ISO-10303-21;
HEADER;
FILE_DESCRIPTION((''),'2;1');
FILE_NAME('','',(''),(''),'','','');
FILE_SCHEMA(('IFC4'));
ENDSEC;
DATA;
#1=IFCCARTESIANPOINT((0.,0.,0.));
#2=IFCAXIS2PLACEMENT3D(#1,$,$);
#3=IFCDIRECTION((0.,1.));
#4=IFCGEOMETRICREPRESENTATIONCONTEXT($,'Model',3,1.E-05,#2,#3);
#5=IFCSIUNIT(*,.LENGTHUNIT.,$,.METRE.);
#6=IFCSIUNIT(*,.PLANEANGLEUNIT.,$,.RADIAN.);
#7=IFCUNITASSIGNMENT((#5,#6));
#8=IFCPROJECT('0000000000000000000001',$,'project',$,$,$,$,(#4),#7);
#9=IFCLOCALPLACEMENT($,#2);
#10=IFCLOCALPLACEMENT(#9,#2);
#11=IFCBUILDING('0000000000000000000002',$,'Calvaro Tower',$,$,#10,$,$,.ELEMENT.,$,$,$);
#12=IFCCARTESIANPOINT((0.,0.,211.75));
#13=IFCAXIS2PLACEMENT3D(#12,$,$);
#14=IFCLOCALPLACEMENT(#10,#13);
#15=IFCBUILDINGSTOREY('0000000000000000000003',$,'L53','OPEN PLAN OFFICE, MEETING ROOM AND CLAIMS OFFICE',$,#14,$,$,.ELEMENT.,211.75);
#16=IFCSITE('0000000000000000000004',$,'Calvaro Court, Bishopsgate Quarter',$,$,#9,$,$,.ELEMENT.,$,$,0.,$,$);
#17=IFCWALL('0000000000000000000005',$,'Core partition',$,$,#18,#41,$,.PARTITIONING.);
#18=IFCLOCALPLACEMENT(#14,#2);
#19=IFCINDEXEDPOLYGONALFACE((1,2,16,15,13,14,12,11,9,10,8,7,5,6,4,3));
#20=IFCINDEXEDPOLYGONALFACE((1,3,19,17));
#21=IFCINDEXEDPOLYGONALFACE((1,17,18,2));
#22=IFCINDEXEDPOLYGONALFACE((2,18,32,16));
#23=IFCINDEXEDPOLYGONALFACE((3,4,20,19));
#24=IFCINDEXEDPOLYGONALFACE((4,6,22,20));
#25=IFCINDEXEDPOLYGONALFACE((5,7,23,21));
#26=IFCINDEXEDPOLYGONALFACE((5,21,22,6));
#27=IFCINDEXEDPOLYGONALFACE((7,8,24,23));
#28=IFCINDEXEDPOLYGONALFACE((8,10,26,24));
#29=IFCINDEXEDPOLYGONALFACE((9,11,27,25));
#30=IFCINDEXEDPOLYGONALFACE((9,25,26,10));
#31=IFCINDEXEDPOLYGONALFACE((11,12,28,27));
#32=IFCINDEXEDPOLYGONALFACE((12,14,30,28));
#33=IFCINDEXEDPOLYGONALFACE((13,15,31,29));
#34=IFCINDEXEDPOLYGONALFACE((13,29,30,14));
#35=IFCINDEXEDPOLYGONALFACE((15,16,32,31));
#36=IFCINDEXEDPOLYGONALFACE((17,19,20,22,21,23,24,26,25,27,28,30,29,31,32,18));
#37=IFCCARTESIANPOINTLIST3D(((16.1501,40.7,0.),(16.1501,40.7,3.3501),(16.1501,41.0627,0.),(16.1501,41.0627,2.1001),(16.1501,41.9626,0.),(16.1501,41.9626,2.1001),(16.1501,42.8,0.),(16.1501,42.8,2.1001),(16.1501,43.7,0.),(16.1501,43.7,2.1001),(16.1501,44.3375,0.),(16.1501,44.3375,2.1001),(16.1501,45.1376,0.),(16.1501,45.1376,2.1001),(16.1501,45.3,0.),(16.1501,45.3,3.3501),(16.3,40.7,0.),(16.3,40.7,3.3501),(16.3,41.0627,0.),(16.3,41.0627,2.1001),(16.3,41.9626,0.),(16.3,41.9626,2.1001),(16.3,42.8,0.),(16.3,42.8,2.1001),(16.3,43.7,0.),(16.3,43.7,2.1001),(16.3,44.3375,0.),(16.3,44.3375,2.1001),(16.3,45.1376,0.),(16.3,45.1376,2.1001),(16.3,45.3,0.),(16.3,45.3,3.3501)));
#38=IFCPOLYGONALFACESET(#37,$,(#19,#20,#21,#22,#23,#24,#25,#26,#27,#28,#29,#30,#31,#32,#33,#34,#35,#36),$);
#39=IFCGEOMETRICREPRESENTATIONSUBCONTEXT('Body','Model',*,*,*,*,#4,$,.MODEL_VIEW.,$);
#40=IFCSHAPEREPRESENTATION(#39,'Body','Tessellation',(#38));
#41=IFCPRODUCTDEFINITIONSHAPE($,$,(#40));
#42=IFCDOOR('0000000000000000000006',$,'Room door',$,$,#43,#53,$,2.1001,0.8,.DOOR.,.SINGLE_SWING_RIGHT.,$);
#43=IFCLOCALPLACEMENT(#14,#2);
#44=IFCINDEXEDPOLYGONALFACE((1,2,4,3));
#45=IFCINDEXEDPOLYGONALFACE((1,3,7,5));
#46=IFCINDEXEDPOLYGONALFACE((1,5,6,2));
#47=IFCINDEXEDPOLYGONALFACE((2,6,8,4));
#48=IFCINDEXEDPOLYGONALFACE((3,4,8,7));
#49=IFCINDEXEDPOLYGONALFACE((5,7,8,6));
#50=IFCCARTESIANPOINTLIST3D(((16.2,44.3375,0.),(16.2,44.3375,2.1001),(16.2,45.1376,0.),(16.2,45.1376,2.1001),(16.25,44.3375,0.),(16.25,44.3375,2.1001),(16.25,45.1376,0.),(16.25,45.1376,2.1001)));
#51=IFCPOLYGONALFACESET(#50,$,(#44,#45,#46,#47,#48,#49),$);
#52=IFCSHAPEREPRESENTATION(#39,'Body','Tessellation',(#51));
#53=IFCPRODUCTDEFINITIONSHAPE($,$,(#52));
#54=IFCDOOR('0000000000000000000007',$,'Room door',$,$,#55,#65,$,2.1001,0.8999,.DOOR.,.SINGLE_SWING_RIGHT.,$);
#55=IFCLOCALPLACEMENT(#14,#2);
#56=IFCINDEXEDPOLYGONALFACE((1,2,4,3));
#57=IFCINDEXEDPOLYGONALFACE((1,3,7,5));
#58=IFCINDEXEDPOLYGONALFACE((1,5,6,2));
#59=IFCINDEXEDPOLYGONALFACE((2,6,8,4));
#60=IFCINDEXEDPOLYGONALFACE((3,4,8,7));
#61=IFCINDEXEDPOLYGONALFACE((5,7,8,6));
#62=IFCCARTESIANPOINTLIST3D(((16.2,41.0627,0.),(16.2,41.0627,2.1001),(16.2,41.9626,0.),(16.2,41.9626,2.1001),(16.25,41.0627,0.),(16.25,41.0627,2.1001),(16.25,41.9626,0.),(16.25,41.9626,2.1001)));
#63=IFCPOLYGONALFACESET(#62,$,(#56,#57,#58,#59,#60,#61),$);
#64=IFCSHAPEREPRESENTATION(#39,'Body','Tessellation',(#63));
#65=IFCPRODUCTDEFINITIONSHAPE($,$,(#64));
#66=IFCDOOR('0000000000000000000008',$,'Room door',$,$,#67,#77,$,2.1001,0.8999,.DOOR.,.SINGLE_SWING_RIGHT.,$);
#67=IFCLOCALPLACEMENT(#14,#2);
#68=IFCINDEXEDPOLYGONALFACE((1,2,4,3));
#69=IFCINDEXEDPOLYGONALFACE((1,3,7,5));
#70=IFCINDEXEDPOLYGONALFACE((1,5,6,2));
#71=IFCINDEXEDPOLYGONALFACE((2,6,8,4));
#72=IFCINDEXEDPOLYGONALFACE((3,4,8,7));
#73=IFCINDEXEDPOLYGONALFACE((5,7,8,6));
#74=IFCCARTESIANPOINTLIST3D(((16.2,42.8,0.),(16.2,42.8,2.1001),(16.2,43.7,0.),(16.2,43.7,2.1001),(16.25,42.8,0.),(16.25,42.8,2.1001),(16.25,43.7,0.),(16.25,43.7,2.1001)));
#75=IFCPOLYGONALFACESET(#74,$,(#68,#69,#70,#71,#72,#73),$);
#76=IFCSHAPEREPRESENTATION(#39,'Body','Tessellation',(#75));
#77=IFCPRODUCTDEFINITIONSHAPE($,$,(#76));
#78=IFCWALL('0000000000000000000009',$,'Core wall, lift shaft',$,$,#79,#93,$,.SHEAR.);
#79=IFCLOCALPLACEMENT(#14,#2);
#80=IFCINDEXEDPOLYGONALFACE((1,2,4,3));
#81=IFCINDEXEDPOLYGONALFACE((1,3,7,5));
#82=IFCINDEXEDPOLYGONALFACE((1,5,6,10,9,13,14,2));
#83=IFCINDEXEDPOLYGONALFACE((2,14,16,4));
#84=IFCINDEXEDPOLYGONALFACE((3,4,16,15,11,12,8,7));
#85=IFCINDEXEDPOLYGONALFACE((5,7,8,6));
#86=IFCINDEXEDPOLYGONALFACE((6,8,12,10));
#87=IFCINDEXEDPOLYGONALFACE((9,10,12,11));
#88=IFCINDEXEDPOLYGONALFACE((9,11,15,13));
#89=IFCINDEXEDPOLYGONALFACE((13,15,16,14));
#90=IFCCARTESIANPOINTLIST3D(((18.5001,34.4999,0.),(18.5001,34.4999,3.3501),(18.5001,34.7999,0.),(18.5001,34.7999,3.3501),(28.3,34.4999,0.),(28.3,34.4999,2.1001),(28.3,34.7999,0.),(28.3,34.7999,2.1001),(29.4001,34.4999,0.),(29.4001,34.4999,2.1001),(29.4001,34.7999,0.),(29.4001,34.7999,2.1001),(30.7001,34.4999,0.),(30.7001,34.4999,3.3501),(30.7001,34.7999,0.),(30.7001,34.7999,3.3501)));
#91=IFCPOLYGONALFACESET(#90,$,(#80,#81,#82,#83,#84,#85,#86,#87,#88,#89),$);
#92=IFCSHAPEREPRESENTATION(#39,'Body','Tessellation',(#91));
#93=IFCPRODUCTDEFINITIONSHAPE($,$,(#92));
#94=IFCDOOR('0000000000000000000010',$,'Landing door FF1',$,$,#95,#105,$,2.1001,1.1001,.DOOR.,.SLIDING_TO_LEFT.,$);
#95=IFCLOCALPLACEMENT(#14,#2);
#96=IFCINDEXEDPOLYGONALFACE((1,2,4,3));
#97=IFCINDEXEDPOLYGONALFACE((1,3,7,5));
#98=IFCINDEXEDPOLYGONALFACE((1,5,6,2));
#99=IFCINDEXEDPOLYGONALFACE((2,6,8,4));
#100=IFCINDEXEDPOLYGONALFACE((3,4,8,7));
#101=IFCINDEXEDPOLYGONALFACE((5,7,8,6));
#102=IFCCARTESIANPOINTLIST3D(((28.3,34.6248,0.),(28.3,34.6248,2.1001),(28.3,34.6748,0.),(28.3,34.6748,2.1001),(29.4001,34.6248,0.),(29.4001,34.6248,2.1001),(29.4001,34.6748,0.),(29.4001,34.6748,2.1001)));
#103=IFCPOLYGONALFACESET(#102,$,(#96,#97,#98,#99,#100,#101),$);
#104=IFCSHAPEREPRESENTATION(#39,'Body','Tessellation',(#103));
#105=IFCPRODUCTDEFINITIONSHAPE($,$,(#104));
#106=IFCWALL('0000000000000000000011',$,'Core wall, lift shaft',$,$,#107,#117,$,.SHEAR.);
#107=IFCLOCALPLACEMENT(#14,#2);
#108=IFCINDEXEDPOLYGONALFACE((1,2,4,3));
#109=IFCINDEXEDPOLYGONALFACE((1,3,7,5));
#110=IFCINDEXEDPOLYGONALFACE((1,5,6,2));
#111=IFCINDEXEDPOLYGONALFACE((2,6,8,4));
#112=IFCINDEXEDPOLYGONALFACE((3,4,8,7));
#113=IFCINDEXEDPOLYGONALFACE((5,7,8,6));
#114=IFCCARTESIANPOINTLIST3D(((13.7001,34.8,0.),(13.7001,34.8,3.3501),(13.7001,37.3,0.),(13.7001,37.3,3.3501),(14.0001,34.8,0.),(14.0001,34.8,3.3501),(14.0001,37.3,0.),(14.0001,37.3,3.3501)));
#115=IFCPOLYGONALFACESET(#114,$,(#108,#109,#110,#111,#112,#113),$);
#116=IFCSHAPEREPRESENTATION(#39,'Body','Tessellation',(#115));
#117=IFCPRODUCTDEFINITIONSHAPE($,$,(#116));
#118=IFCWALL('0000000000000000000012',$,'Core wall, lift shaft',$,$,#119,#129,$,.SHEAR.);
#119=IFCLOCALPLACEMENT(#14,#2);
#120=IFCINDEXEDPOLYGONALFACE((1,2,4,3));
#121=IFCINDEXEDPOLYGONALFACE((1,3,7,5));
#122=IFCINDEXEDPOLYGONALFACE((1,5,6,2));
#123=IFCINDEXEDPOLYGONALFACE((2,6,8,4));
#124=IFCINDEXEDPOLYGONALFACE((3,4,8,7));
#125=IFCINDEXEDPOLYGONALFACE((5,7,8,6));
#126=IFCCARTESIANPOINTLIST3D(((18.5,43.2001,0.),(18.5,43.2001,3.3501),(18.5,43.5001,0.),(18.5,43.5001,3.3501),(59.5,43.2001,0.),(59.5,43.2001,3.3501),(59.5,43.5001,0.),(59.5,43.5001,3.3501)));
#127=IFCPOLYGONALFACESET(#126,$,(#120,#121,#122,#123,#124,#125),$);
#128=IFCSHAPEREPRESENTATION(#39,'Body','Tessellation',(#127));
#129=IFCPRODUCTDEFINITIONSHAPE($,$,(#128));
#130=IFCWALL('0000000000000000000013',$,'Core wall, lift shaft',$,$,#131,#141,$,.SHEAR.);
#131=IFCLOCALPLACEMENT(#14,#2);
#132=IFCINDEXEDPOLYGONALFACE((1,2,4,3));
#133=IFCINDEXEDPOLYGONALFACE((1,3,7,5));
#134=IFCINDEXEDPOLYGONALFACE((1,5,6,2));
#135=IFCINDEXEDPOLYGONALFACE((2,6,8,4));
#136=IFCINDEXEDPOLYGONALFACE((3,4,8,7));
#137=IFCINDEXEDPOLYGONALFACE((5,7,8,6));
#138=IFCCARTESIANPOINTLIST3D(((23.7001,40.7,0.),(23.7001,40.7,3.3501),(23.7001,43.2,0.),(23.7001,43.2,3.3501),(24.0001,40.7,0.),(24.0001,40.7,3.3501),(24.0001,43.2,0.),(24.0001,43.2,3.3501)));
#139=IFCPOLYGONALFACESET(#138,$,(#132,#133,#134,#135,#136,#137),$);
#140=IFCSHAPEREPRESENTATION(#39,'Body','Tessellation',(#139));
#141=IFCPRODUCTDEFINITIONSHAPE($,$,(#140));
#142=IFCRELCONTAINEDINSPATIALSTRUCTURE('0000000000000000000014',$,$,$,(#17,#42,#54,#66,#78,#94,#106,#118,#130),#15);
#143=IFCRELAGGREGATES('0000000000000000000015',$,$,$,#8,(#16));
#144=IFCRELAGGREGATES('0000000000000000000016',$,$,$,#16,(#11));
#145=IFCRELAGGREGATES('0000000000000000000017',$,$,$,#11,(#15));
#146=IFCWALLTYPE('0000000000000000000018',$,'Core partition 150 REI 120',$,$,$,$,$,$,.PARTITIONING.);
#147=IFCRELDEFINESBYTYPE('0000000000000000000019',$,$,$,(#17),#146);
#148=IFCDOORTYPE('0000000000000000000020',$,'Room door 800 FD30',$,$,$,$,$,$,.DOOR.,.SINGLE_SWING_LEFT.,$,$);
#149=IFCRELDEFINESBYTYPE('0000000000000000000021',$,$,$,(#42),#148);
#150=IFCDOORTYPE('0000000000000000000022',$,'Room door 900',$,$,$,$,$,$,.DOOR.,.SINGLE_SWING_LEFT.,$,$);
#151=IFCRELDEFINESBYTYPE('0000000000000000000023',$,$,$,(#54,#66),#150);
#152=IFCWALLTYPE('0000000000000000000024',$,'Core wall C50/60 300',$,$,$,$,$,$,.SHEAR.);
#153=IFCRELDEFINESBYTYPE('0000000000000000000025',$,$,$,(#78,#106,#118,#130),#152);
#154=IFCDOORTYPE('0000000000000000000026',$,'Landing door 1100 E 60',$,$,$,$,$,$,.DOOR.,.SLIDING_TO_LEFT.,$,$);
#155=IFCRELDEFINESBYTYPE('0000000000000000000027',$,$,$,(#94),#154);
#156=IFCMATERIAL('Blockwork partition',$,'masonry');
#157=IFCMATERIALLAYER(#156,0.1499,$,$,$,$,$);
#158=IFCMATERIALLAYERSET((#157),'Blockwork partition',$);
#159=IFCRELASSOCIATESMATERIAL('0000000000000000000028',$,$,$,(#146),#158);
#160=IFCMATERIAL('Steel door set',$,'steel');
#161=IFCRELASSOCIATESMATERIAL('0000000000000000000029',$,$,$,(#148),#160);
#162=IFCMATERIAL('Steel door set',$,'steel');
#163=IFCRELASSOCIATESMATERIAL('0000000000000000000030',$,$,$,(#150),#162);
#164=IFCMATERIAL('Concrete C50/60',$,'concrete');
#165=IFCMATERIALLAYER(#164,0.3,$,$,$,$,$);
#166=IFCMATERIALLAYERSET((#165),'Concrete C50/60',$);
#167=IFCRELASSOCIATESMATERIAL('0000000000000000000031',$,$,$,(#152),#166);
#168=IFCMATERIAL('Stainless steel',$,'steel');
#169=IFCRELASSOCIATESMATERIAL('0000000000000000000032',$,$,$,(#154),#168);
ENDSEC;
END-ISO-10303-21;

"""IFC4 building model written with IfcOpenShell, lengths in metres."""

from ifc_helpers import new_model, si_unit, direction, frame, frame_2d, origin, place, context, subcontext, project, spatial, rectangle, extrude, material, layer, layer_set, type_object, element, fill, save


model = new_model("IFC4")

# Units and contexts
model_context = context("Model", 3, precision=1e-05, world=origin(), true_north=direction((0.0, 1.0)))
body_context = subcontext(model_context, "Body", "Model", "MODEL_VIEW")
ifc_project = project(units=[si_unit("LENGTHUNIT", "METRE"), si_unit("PLANEANGLEUNIT", "RADIAN")], contexts=[model_context])

# Site, building, storey
site_placement = place(None, origin())
site = spatial("IfcSite", under=ifc_project, at=site_placement, Name="Calvaro Court, Bishopsgate Quarter", CompositionType="ELEMENT", RefElevation=0.0)
building_placement = place(site_placement, origin())
building = spatial("IfcBuilding", under=site, at=building_placement, Name="Calvaro Tower", CompositionType="ELEMENT")
storey_placement = place(building_placement, frame((0.0, 0.0, 211.75)))
storey = spatial("IfcBuildingStorey", under=building, at=storey_placement, Name="L53", Description="OPEN PLAN OFFICE, MEETING ROOM AND CLAIMS OFFICE", CompositionType="ELEMENT", Elevation=211.75)

# Wall, openings, doors
ifc_material_1 = material(Name="Blockwork partition", Category="masonry")
ifc_layer_1 = layer(ifc_material_1, 0.1499)
ifc_layer_set_1 = layer_set([ifc_layer_1], Name="Blockwork partition")
wall_type_1 = type_object("IfcWallType", Name="Core partition 150 REI 120", PredefinedType="PARTITIONING", material=ifc_layer_set_1)
wall_1_placement = place(storey_placement, frame((16.2251, 45.3, 0.0), z_axis=(0.0, 0.0, 1.0), x_axis=(0.0, -1.0, 0.0)))
wall_1 = element("IfcWall", 1, at=wall_1_placement, inside=storey, type_object=wall_type_1, Name="Core partition", PredefinedType="PARTITIONING", context=body_context, shape_type="SweptSolid", body=[
    extrude(rectangle(XDim=4.6001, YDim=0.1499, at=frame_2d((2.3, 0.0))), origin(), (0.0, 0.0, 1.0), 3.3501),
])
opening_1_placement = place(wall_1_placement, frame((3.3374, 0.0, 0.0)))
opening_1 = element("IfcOpeningElement", 2, at=opening_1_placement, cuts=wall_1, PredefinedType="OPENING", context=body_context, shape_type="SweptSolid", body=[
    extrude(rectangle(XDim=0.8999, YDim=2.1001, at=frame_2d((0.45, 1.05))), frame((0.0, 0.085, 0.0), z_axis=(0.0, -1.0, 0.0), x_axis=(1.0, 0.0, 0.0)), (0.0, 0.0, 1.0), 0.1699),
])
opening_2_placement = place(wall_1_placement, frame((1.6001, 0.0, 0.0)))
opening_2 = element("IfcOpeningElement", 3, at=opening_2_placement, cuts=wall_1, PredefinedType="OPENING", context=body_context, shape_type="SweptSolid", body=[
    extrude(rectangle(XDim=0.8999, YDim=2.1001, at=frame_2d((0.45, 1.05))), frame((0.0, 0.085, 0.0), z_axis=(0.0, -1.0, 0.0), x_axis=(1.0, 0.0, 0.0)), (0.0, 0.0, 1.0), 0.1699),
])
opening_3_placement = place(wall_1_placement, frame((0.1626, 0.0, 0.0)))
opening_3 = element("IfcOpeningElement", 4, at=opening_3_placement, cuts=wall_1, PredefinedType="OPENING", context=body_context, shape_type="SweptSolid", body=[
    extrude(rectangle(XDim=0.8, YDim=2.1001, at=frame_2d((0.3999, 1.05))), frame((0.0, 0.085, 0.0), z_axis=(0.0, -1.0, 0.0), x_axis=(1.0, 0.0, 0.0)), (0.0, 0.0, 1.0), 0.1699),
])
ifc_material_2 = material(Name="Steel door set", Category="steel")
door_type_1 = type_object("IfcDoorType", Name="Room door 800 FD30", OperationType="SINGLE_SWING_LEFT", PredefinedType="DOOR", material=ifc_material_2)
door_1_placement = place(opening_3_placement, origin())
door_1 = element("IfcDoor", 5, at=door_1_placement, inside=storey, type_object=door_type_1, Name="Room door", OperationType="SINGLE_SWING_RIGHT", OverallHeight=2.1001, OverallWidth=0.8, PredefinedType="DOOR", context=body_context, shape_type="SweptSolid", body=[
    extrude(rectangle(XDim=0.8, YDim=2.1001, at=frame_2d((0.3999, 1.05))), frame((0.0, 0.0249, 0.0), z_axis=(0.0, -1.0, 0.0), x_axis=(1.0, 0.0, 0.0)), (0.0, 0.0, 1.0), 0.05),
])
fill(opening_3, door_1)
ifc_material_3 = material(Name="Steel door set", Category="steel")
door_type_2 = type_object("IfcDoorType", Name="Room door 900", OperationType="SINGLE_SWING_LEFT", PredefinedType="DOOR", material=ifc_material_3)
door_2_placement = place(opening_1_placement, origin())
door_2 = element("IfcDoor", 6, at=door_2_placement, inside=storey, type_object=door_type_2, Name="Room door", OperationType="SINGLE_SWING_RIGHT", OverallHeight=2.1001, OverallWidth=0.8999, PredefinedType="DOOR", context=body_context, shape_type="SweptSolid", body=[
    extrude(rectangle(XDim=0.8999, YDim=2.1001, at=frame_2d((0.45, 1.05))), frame((0.0, 0.0249, 0.0), z_axis=(0.0, -1.0, 0.0), x_axis=(1.0, 0.0, 0.0)), (0.0, 0.0, 1.0), 0.05),
])
fill(opening_1, door_2)
door_3_placement = place(opening_2_placement, origin())
door_3 = element("IfcDoor", 7, at=door_3_placement, inside=storey, type_object=door_type_2, Name="Room door", OperationType="SINGLE_SWING_RIGHT", OverallHeight=2.1001, OverallWidth=0.8999, PredefinedType="DOOR", context=body_context, shape_type="SweptSolid", body=[
    extrude(rectangle(XDim=0.8999, YDim=2.1001, at=frame_2d((0.45, 1.05))), frame((0.0, 0.0249, 0.0), z_axis=(0.0, -1.0, 0.0), x_axis=(1.0, 0.0, 0.0)), (0.0, 0.0, 1.0), 0.05),
])
fill(opening_2, door_3)

# Wall, opening, door
ifc_material_4 = material(Name="Concrete C50/60", Category="concrete")
ifc_layer_2 = layer(ifc_material_4, 0.3)
ifc_layer_set_2 = layer_set([ifc_layer_2], Name="Concrete C50/60")
wall_type_2 = type_object("IfcWallType", Name="Core wall C50/60 300", PredefinedType="SHEAR", material=ifc_layer_set_2)
wall_2_placement = place(storey_placement, frame((18.5, 34.6499, 0.0), z_axis=(0.0, 0.0, 1.0), x_axis=(1.0, 0.0, 0.0)))
wall_2 = element("IfcWall", 8, at=wall_2_placement, inside=storey, type_object=wall_type_2, Name="Core wall, lift shaft", PredefinedType="SHEAR", context=body_context, shape_type="SweptSolid", body=[
    extrude(rectangle(XDim=12.2, YDim=0.3, at=frame_2d((6.1001, 0.0))), origin(), (0.0, 0.0, 1.0), 3.3501),
])
opening_4_placement = place(wall_2_placement, frame((9.8, 0.0, 0.0)))
opening_4 = element("IfcOpeningElement", 9, at=opening_4_placement, cuts=wall_2, PredefinedType="OPENING", context=body_context, shape_type="SweptSolid", body=[
    extrude(rectangle(XDim=1.1001, YDim=2.1001, at=frame_2d((0.55, 1.05))), frame((0.0, 0.1599, 0.0), z_axis=(0.0, -1.0, 0.0), x_axis=(1.0, 0.0, 0.0)), (0.0, 0.0, 1.0), 0.3201),
])
ifc_material_5 = material(Name="Stainless steel", Category="steel")
door_type_3 = type_object("IfcDoorType", Name="Landing door 1100 E 60", OperationType="SLIDING_TO_LEFT", PredefinedType="DOOR", material=ifc_material_5)
door_4_placement = place(opening_4_placement, origin())
door_4 = element("IfcDoor", 10, at=door_4_placement, inside=storey, type_object=door_type_3, Name="Landing door FF1", OperationType="SLIDING_TO_LEFT", OverallHeight=2.1001, OverallWidth=1.1001, PredefinedType="DOOR", context=body_context, shape_type="SweptSolid", body=[
    extrude(rectangle(XDim=1.1001, YDim=2.1001, at=frame_2d((0.55, 1.05))), frame((0.0, 0.0249, 0.0), z_axis=(0.0, -1.0, 0.0), x_axis=(1.0, 0.0, 0.0)), (0.0, 0.0, 1.0), 0.05),
])
fill(opening_4, door_4)

# Wall
wall_3_placement = place(storey_placement, frame((13.8501, 34.8, 0.0), z_axis=(0.0, 0.0, 1.0), x_axis=(0.0, 1.0, 0.0)))
element("IfcWall", 11, at=wall_3_placement, inside=storey, type_object=wall_type_2, Name="Core wall, lift shaft", PredefinedType="SHEAR", context=body_context, shape_type="SweptSolid", body=[
    extrude(rectangle(XDim=2.5, YDim=0.3, at=frame_2d((1.25, 0.0))), origin(), (0.0, 0.0, 1.0), 3.3501),
])

# Walls
wall_4_placement = place(storey_placement, frame((18.5, 43.3501, 0.0), z_axis=(0.0, 0.0, 1.0), x_axis=(1.0, 0.0, 0.0)))
element("IfcWall", 12, at=wall_4_placement, inside=storey, type_object=wall_type_2, Name="Core wall, lift shaft", PredefinedType="SHEAR", context=body_context, shape_type="SweptSolid", body=[
    extrude(rectangle(XDim=41.0, YDim=0.3, at=frame_2d((20.5, 0.0))), origin(), (0.0, 0.0, 1.0), 3.3501),
])
wall_5_placement = place(storey_placement, frame((23.8501, 40.7, 0.0), z_axis=(0.0, 0.0, 1.0), x_axis=(0.0, 1.0, 0.0)))
element("IfcWall", 13, at=wall_5_placement, inside=storey, type_object=wall_type_2, Name="Core wall, lift shaft", PredefinedType="SHEAR", context=body_context, shape_type="SweptSolid", body=[
    extrude(rectangle(XDim=2.5, YDim=0.3, at=frame_2d((1.25, 0.0))), origin(), (0.0, 0.0, 1.0), 3.3501),
])

save(model, "model.ifc")
